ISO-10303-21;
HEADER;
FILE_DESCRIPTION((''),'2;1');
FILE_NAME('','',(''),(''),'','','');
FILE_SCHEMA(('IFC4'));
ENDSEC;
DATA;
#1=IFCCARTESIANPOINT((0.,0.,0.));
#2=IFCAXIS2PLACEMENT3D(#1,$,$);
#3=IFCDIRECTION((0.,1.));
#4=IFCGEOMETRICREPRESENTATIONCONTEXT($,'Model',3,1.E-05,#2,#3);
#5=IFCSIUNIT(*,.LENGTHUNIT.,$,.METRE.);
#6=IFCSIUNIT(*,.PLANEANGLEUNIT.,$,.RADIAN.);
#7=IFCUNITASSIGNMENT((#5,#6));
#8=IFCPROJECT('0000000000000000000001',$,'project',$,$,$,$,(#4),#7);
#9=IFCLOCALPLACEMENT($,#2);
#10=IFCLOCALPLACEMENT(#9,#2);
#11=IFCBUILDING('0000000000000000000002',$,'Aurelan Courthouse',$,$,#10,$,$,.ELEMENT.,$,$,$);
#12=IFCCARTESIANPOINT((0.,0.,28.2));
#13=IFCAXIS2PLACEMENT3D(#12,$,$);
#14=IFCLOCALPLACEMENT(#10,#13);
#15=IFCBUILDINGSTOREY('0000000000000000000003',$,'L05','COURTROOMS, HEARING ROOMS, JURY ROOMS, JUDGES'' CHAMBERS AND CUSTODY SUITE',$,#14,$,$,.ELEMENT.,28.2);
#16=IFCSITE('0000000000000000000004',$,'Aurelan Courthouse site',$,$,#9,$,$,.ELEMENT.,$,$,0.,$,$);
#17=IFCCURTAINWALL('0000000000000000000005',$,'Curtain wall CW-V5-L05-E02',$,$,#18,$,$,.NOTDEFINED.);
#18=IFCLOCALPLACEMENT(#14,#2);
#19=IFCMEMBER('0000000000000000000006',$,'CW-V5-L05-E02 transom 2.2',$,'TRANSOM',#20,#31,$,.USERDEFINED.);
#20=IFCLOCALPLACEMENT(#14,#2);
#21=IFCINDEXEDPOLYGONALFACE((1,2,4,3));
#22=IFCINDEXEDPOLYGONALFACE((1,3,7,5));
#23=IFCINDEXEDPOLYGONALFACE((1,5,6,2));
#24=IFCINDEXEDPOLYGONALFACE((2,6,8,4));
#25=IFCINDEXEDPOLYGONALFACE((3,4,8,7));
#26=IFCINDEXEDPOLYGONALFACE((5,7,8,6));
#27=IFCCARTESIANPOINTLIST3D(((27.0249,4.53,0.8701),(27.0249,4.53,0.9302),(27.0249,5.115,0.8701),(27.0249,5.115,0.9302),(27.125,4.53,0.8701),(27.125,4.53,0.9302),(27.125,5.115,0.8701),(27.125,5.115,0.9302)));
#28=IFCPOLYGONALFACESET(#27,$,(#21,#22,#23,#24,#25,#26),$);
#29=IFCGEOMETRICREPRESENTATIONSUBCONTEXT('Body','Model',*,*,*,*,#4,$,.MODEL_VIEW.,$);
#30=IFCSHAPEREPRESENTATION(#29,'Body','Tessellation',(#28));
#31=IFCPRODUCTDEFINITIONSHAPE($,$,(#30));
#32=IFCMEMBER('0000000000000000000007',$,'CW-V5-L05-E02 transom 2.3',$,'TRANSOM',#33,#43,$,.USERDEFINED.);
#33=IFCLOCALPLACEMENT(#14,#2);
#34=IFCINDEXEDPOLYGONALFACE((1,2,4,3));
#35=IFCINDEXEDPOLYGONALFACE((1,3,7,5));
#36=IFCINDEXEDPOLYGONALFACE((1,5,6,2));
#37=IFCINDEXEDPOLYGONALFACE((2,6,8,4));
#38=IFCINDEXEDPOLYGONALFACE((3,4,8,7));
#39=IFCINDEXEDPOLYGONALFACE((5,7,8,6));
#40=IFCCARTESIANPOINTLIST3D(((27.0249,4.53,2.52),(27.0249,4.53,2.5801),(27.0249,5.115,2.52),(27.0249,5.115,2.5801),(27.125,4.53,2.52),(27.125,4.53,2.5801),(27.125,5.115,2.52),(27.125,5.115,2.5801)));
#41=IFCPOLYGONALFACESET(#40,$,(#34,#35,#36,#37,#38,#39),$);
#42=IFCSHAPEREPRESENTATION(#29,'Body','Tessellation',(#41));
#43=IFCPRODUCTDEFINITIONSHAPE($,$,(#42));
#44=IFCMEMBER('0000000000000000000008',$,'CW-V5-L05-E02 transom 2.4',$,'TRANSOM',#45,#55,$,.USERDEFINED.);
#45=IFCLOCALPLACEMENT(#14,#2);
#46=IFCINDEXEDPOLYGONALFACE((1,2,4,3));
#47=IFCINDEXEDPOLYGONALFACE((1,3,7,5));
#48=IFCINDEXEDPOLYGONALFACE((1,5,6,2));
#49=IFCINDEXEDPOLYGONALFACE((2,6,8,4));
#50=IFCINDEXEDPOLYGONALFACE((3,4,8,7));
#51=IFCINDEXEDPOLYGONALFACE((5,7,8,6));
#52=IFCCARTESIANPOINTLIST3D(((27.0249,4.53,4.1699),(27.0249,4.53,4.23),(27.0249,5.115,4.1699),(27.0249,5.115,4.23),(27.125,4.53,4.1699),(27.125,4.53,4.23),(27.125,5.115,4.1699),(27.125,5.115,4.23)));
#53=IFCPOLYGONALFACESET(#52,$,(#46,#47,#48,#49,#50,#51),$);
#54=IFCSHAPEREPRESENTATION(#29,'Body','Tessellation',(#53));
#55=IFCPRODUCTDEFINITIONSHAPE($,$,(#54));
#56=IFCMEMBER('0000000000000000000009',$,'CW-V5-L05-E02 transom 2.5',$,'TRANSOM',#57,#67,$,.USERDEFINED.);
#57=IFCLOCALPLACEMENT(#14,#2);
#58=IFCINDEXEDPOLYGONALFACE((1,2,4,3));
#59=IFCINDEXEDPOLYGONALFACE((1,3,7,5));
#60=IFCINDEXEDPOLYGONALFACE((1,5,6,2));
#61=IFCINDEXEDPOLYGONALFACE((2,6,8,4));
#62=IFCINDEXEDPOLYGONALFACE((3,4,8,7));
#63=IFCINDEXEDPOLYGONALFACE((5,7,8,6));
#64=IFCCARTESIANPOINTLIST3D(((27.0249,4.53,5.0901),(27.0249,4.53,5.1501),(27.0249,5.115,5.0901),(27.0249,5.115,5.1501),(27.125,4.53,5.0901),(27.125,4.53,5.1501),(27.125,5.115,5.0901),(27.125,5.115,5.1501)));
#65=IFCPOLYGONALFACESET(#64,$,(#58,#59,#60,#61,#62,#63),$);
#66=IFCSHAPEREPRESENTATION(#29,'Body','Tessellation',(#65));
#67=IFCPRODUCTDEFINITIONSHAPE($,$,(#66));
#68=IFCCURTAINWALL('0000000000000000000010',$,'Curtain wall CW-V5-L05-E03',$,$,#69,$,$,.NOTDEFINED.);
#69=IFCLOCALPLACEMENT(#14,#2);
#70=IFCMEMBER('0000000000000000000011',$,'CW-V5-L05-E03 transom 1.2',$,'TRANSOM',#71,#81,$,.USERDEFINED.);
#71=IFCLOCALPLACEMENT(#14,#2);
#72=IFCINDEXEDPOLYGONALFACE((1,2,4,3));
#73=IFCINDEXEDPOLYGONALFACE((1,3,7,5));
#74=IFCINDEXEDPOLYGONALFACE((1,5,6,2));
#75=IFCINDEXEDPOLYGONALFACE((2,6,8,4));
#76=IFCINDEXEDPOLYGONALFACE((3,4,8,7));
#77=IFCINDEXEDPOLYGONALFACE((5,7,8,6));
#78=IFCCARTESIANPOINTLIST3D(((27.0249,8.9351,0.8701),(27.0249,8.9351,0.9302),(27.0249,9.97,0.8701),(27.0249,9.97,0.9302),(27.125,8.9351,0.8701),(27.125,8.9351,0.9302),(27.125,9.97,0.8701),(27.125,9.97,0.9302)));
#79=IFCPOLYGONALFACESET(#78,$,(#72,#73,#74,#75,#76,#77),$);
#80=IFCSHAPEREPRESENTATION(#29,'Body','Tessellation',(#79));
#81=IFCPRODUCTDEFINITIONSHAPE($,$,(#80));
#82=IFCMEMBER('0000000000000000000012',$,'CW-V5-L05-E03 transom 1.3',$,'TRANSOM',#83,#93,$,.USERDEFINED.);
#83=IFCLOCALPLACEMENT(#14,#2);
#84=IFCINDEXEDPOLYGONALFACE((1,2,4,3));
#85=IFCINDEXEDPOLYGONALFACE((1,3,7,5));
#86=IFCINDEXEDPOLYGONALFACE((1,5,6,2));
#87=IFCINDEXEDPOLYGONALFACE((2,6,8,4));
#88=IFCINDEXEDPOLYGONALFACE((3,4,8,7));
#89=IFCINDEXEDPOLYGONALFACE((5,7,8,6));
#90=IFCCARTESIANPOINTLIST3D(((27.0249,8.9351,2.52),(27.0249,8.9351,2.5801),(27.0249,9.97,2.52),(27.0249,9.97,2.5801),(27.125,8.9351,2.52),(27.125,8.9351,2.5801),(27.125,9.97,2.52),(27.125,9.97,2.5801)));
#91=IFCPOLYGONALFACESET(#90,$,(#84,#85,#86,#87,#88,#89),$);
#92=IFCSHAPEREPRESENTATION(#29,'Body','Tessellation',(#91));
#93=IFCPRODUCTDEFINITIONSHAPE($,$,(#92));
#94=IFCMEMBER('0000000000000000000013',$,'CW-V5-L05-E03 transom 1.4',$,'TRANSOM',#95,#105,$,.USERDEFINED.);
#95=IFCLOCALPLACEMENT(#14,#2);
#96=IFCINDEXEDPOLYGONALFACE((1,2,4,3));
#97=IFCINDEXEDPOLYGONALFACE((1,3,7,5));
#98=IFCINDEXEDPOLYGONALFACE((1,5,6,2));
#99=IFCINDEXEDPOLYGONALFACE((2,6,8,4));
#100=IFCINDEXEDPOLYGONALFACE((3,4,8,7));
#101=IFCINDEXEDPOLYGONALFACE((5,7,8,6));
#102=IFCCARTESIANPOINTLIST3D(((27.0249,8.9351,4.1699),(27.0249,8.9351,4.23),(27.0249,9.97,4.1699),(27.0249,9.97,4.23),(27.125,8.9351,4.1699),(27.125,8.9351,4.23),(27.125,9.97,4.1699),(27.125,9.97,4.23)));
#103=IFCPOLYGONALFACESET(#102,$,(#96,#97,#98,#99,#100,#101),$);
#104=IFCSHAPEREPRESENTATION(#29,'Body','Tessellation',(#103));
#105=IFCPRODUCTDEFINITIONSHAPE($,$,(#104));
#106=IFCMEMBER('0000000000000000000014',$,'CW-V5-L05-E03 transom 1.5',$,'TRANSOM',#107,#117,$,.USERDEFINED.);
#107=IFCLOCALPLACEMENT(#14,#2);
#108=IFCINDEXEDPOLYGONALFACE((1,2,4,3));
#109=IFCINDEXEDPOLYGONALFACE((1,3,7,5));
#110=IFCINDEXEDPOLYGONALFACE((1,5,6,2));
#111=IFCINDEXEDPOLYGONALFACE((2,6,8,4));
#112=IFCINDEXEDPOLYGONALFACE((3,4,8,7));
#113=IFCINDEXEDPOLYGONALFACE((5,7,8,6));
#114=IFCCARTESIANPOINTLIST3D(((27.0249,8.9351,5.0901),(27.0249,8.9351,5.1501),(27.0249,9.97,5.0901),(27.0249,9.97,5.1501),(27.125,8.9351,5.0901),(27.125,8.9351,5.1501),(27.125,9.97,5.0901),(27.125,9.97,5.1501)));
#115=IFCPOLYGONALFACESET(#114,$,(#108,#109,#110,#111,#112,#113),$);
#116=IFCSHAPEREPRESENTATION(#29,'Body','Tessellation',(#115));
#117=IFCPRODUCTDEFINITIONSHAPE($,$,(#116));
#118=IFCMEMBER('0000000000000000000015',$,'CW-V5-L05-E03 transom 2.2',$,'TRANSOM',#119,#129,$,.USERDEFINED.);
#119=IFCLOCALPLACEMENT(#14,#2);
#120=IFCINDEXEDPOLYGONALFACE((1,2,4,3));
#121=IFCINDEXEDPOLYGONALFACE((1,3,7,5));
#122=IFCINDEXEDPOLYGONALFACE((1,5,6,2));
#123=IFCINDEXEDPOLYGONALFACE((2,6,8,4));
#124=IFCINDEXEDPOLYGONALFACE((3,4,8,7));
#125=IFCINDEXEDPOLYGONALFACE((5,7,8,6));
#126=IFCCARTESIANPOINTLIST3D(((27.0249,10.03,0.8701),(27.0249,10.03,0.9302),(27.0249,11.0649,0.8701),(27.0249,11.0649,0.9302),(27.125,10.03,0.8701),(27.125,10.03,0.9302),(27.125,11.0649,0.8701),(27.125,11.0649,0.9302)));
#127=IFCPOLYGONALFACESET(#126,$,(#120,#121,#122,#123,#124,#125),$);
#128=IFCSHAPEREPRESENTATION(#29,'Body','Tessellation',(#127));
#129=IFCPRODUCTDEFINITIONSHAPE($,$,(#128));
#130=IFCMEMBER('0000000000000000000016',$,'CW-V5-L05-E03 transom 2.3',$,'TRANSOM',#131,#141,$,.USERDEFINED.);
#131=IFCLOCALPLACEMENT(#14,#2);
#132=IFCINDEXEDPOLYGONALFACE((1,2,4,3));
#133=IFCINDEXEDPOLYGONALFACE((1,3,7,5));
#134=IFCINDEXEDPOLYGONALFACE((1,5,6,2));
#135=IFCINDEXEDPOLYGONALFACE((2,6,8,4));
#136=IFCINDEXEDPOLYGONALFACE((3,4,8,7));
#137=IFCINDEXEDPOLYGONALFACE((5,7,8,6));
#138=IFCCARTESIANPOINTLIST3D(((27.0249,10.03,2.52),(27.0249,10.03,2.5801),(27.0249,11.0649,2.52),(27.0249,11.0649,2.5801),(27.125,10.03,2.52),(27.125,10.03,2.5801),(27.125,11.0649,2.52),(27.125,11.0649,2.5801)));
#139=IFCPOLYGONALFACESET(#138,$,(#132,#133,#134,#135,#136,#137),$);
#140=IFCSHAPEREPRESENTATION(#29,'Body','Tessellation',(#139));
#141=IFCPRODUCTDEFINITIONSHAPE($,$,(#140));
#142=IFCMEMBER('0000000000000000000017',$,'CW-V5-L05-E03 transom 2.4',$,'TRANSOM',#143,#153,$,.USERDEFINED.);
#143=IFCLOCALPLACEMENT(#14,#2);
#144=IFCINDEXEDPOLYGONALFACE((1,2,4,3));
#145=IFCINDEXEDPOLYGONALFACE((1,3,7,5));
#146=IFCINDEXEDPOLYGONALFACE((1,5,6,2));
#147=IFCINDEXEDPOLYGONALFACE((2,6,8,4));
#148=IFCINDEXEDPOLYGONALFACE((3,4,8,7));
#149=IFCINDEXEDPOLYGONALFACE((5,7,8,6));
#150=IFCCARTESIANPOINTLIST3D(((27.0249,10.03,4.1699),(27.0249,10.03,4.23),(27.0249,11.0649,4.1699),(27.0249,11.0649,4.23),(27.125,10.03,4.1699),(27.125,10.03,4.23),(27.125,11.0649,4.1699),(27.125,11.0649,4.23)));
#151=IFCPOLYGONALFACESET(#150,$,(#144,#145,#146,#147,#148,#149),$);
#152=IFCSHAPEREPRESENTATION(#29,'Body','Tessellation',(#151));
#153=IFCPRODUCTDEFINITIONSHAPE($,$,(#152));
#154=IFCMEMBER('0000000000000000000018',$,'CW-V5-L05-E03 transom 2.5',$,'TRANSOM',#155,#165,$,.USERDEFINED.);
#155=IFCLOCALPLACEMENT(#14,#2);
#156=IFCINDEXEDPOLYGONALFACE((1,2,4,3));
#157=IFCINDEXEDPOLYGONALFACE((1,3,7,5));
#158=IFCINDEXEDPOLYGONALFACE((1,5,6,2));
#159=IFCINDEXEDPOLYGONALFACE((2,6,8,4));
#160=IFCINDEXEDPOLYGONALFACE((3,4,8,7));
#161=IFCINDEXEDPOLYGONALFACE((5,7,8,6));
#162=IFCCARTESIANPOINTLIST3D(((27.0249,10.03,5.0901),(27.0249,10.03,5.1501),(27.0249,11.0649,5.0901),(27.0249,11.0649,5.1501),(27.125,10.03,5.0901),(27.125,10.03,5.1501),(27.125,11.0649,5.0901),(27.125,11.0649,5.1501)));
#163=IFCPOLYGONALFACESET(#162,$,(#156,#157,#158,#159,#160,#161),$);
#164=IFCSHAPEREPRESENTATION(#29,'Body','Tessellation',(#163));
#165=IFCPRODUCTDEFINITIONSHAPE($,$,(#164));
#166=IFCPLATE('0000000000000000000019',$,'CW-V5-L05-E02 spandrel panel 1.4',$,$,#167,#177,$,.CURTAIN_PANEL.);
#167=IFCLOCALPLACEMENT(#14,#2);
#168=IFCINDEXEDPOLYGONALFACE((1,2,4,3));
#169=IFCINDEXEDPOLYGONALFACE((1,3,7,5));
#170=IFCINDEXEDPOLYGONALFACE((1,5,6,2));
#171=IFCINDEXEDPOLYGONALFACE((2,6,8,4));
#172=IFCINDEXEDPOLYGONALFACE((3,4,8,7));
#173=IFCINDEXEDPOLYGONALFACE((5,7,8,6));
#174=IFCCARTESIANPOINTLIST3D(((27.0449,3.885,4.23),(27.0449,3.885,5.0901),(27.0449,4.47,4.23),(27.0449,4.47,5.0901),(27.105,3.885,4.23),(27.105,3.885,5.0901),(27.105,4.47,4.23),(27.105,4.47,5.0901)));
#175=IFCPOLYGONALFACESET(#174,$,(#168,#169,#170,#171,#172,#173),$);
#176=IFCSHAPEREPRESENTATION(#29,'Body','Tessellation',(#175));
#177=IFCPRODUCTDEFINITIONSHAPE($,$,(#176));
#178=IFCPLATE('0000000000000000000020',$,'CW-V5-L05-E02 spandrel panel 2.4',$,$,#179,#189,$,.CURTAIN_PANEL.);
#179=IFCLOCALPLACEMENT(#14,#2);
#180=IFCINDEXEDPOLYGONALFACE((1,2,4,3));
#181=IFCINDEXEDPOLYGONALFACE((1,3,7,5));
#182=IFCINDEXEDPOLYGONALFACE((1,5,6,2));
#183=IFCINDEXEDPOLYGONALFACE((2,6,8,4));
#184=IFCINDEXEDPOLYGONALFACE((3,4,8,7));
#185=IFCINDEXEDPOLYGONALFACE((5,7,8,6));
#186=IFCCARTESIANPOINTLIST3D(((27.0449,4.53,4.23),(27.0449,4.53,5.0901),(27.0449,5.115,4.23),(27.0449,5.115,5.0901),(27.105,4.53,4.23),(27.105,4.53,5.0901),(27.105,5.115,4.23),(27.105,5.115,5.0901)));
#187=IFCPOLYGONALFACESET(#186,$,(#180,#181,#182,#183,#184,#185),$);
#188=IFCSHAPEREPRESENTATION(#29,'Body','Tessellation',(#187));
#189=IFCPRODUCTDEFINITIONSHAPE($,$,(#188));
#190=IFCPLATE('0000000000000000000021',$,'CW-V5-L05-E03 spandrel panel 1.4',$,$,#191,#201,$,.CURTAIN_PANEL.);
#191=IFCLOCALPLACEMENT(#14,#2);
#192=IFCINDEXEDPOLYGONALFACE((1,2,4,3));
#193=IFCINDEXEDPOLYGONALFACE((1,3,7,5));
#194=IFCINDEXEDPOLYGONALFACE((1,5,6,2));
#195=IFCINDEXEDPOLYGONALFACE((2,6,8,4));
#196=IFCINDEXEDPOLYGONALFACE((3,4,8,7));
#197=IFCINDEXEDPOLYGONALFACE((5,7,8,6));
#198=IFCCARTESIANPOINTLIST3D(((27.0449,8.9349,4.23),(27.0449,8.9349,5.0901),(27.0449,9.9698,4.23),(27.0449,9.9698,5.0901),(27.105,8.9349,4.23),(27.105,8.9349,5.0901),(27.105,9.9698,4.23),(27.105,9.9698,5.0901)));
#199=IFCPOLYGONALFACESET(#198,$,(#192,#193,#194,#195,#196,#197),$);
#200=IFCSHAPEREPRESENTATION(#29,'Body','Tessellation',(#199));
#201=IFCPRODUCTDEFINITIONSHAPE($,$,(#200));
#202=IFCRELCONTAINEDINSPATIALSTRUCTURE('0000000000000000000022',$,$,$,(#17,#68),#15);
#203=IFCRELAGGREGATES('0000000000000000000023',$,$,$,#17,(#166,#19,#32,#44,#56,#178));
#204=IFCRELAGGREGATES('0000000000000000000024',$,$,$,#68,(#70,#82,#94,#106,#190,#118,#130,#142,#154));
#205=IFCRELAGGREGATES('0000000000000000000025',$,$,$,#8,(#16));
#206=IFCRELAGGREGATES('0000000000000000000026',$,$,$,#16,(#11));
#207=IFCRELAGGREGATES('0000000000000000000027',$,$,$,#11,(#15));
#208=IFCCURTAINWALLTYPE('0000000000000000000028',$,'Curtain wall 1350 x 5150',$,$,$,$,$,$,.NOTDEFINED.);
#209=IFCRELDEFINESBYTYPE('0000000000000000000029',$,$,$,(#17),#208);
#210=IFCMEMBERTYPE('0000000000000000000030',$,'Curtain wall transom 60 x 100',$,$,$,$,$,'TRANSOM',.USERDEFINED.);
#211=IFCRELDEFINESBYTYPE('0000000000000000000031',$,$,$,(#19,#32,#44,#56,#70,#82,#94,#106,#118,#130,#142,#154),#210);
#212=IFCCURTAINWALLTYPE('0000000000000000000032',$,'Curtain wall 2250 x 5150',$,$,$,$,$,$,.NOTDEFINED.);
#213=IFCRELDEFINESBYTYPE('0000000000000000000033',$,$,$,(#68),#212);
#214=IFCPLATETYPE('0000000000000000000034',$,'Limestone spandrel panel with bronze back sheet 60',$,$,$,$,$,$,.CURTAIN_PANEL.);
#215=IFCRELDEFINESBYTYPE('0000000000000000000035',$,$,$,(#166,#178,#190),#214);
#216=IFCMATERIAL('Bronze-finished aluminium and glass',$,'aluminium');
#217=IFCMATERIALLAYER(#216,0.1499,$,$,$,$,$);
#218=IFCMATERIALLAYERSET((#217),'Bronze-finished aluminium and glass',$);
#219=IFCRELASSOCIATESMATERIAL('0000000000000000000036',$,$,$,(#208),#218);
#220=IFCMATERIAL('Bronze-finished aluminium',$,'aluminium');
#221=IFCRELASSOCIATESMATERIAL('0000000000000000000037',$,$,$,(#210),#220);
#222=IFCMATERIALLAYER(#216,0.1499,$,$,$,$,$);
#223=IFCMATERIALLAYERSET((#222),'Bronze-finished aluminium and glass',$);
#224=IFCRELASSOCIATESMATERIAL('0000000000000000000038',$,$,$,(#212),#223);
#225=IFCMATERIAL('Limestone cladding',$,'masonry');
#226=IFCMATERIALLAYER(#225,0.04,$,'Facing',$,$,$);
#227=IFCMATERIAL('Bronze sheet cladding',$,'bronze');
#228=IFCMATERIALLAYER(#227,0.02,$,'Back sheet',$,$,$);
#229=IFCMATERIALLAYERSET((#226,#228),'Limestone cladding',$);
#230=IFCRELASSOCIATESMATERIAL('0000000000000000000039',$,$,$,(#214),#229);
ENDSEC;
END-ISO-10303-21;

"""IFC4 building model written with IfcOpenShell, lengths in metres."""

from ifc_helpers import new_model, si_unit, direction, frame, origin, origin_2d, place, context, subcontext, project, spatial, rectangle, extrude, material, layer, layer_set, material_profile, profile_set, type_object, element, aggregate, save


model = new_model("IFC4")

# Units and contexts
model_context = context("Model", 3, precision=1e-05, world=origin(), true_north=direction((0.0, 1.0)))
body_context = subcontext(model_context, "Body", "Model", "MODEL_VIEW")
ifc_project = project(units=[si_unit("LENGTHUNIT", "METRE"), si_unit("PLANEANGLEUNIT", "RADIAN")], contexts=[model_context])

# Site, building, storey
site_placement = place(None, origin())
site = spatial("IfcSite", under=ifc_project, at=site_placement, Name="Aurelan Courthouse site", CompositionType="ELEMENT", RefElevation=0.0)
building_placement = place(site_placement, origin())
building = spatial("IfcBuilding", under=site, at=building_placement, Name="Aurelan Courthouse", CompositionType="ELEMENT")
storey_placement = place(building_placement, frame((0.0, 0.0, 28.2)))
storey = spatial("IfcBuildingStorey", under=building, at=storey_placement, Name="L05", Description="COURTROOMS, HEARING ROOMS, JURY ROOMS, JUDGES' CHAMBERS AND CUSTODY SUITE", CompositionType="ELEMENT", Elevation=28.2)

# Curtain walls, members
ifc_material_1 = material(Name="Bronze-finished aluminium and glass", Category="aluminium")
ifc_layer_1 = layer(ifc_material_1, 0.1499)
ifc_layer_set_1 = layer_set([ifc_layer_1], Name="Bronze-finished aluminium and glass")
curtain_wall_type_1 = type_object("IfcCurtainWallType", Name="Curtain wall 1350 x 5150", PredefinedType="NOTDEFINED", material=ifc_layer_set_1)
curtain_wall_1_placement = place(storey_placement, origin())
curtain_wall_1 = element("IfcCurtainWall", 1, at=curtain_wall_1_placement, inside=storey, type_object=curtain_wall_type_1, Name="Curtain wall CW-V5-L05-E02", PredefinedType="NOTDEFINED")
ifc_material_2 = material(Name="Bronze-finished aluminium", Category="aluminium")
ifc_material_profile = material_profile(ifc_material_2, rectangle(XDim=0.1001, YDim=0.0601, at=origin_2d()), Name="Bronze transom 60 x 100")
ifc_profile_set = profile_set([ifc_material_profile], Name="Bronze-finished aluminium")
member_type = type_object("IfcMemberType", Name="Curtain wall transom 60 x 100", ElementType="TRANSOM", PredefinedType="USERDEFINED", material=ifc_profile_set)
member_1_placement = place(storey_placement, frame((27.075, 4.53, 0.9001), z_axis=(0.0, 1.0, 0.0), x_axis=(-1.0, 0.0, 0.0)))
member_1 = element("IfcMember", 2, at=member_1_placement, type_object=member_type, Name="CW-V5-L05-E02 transom 2.2", ObjectType="TRANSOM", PredefinedType="USERDEFINED", context=body_context, shape_type="SweptSolid", body=[
    extrude(rectangle(XDim=0.1001, YDim=0.0601, at=origin_2d()), origin(), (0.0, 0.0, 1.0), 0.585),
])
member_2_placement = place(storey_placement, frame((27.075, 4.53, 2.55), z_axis=(0.0, 1.0, 0.0), x_axis=(-1.0, 0.0, 0.0)))
member_2 = element("IfcMember", 3, at=member_2_placement, type_object=member_type, Name="CW-V5-L05-E02 transom 2.3", ObjectType="TRANSOM", PredefinedType="USERDEFINED", context=body_context, shape_type="SweptSolid", body=[
    extrude(rectangle(XDim=0.1001, YDim=0.0601, at=origin_2d()), origin(), (0.0, 0.0, 1.0), 0.585),
])
member_3_placement = place(storey_placement, frame((27.075, 4.53, 4.2), z_axis=(0.0, 1.0, 0.0), x_axis=(-1.0, 0.0, 0.0)))
member_3 = element("IfcMember", 4, at=member_3_placement, type_object=member_type, Name="CW-V5-L05-E02 transom 2.4", ObjectType="TRANSOM", PredefinedType="USERDEFINED", context=body_context, shape_type="SweptSolid", body=[
    extrude(rectangle(XDim=0.1001, YDim=0.0601, at=origin_2d()), origin(), (0.0, 0.0, 1.0), 0.585),
])
member_4_placement = place(storey_placement, frame((27.075, 4.53, 5.1201), z_axis=(0.0, 1.0, 0.0), x_axis=(-1.0, 0.0, 0.0)))
member_4 = element("IfcMember", 5, at=member_4_placement, type_object=member_type, Name="CW-V5-L05-E02 transom 2.5", ObjectType="TRANSOM", PredefinedType="USERDEFINED", context=body_context, shape_type="SweptSolid", body=[
    extrude(rectangle(XDim=0.1001, YDim=0.0601, at=origin_2d()), origin(), (0.0, 0.0, 1.0), 0.585),
])
ifc_layer_2 = layer(ifc_material_1, 0.1499)
ifc_layer_set_2 = layer_set([ifc_layer_2], Name="Bronze-finished aluminium and glass")
curtain_wall_type_2 = type_object("IfcCurtainWallType", Name="Curtain wall 2250 x 5150", PredefinedType="NOTDEFINED", material=ifc_layer_set_2)
curtain_wall_2_placement = place(storey_placement, origin())
curtain_wall_2 = element("IfcCurtainWall", 6, at=curtain_wall_2_placement, inside=storey, type_object=curtain_wall_type_2, Name="Curtain wall CW-V5-L05-E03", PredefinedType="NOTDEFINED")
member_5_placement = place(storey_placement, frame((27.075, 8.9351, 0.9001), z_axis=(0.0, 1.0, 0.0), x_axis=(-1.0, 0.0, 0.0)))
member_5 = element("IfcMember", 7, at=member_5_placement, type_object=member_type, Name="CW-V5-L05-E03 transom 1.2", ObjectType="TRANSOM", PredefinedType="USERDEFINED", context=body_context, shape_type="SweptSolid", body=[
    extrude(rectangle(XDim=0.1001, YDim=0.0601, at=origin_2d()), origin(), (0.0, 0.0, 1.0), 1.0349),
])
member_6_placement = place(storey_placement, frame((27.075, 8.9351, 2.55), z_axis=(0.0, 1.0, 0.0), x_axis=(-1.0, 0.0, 0.0)))
member_6 = element("IfcMember", 8, at=member_6_placement, type_object=member_type, Name="CW-V5-L05-E03 transom 1.3", ObjectType="TRANSOM", PredefinedType="USERDEFINED", context=body_context, shape_type="SweptSolid", body=[
    extrude(rectangle(XDim=0.1001, YDim=0.0601, at=origin_2d()), origin(), (0.0, 0.0, 1.0), 1.0349),
])
member_7_placement = place(storey_placement, frame((27.075, 8.9351, 4.2), z_axis=(0.0, 1.0, 0.0), x_axis=(-1.0, 0.0, 0.0)))
member_7 = element("IfcMember", 9, at=member_7_placement, type_object=member_type, Name="CW-V5-L05-E03 transom 1.4", ObjectType="TRANSOM", PredefinedType="USERDEFINED", context=body_context, shape_type="SweptSolid", body=[
    extrude(rectangle(XDim=0.1001, YDim=0.0601, at=origin_2d()), origin(), (0.0, 0.0, 1.0), 1.0349),
])
member_8_placement = place(storey_placement, frame((27.075, 8.9351, 5.1201), z_axis=(0.0, 1.0, 0.0), x_axis=(-1.0, 0.0, 0.0)))
member_8 = element("IfcMember", 10, at=member_8_placement, type_object=member_type, Name="CW-V5-L05-E03 transom 1.5", ObjectType="TRANSOM", PredefinedType="USERDEFINED", context=body_context, shape_type="SweptSolid", body=[
    extrude(rectangle(XDim=0.1001, YDim=0.0601, at=origin_2d()), origin(), (0.0, 0.0, 1.0), 1.0349),
])
member_9_placement = place(storey_placement, frame((27.075, 10.03, 0.9001), z_axis=(0.0, 1.0, 0.0), x_axis=(-1.0, 0.0, 0.0)))
member_9 = element("IfcMember", 11, at=member_9_placement, type_object=member_type, Name="CW-V5-L05-E03 transom 2.2", ObjectType="TRANSOM", PredefinedType="USERDEFINED", context=body_context, shape_type="SweptSolid", body=[
    extrude(rectangle(XDim=0.1001, YDim=0.0601, at=origin_2d()), origin(), (0.0, 0.0, 1.0), 1.0349),
])
member_10_placement = place(storey_placement, frame((27.075, 10.03, 2.55), z_axis=(0.0, 1.0, 0.0), x_axis=(-1.0, 0.0, 0.0)))
member_10 = element("IfcMember", 12, at=member_10_placement, type_object=member_type, Name="CW-V5-L05-E03 transom 2.3", ObjectType="TRANSOM", PredefinedType="USERDEFINED", context=body_context, shape_type="SweptSolid", body=[
    extrude(rectangle(XDim=0.1001, YDim=0.0601, at=origin_2d()), origin(), (0.0, 0.0, 1.0), 1.0349),
])
member_11_placement = place(storey_placement, frame((27.075, 10.03, 4.2), z_axis=(0.0, 1.0, 0.0), x_axis=(-1.0, 0.0, 0.0)))
member_11 = element("IfcMember", 13, at=member_11_placement, type_object=member_type, Name="CW-V5-L05-E03 transom 2.4", ObjectType="TRANSOM", PredefinedType="USERDEFINED", context=body_context, shape_type="SweptSolid", body=[
    extrude(rectangle(XDim=0.1001, YDim=0.0601, at=origin_2d()), origin(), (0.0, 0.0, 1.0), 1.0349),
])
member_12_placement = place(storey_placement, frame((27.075, 10.03, 5.1201), z_axis=(0.0, 1.0, 0.0), x_axis=(-1.0, 0.0, 0.0)))
member_12 = element("IfcMember", 14, at=member_12_placement, type_object=member_type, Name="CW-V5-L05-E03 transom 2.5", ObjectType="TRANSOM", PredefinedType="USERDEFINED", context=body_context, shape_type="SweptSolid", body=[
    extrude(rectangle(XDim=0.1001, YDim=0.0601, at=origin_2d()), origin(), (0.0, 0.0, 1.0), 1.0349),
])

# Plates
ifc_material_3 = material(Name="Limestone cladding", Category="masonry")
ifc_layer_3 = layer(ifc_material_3, 0.04, Name="Facing")
ifc_material_4 = material(Name="Bronze sheet cladding", Category="bronze")
ifc_layer_4 = layer(ifc_material_4, 0.02, Name="Back sheet")
ifc_layer_set_3 = layer_set([ifc_layer_3, ifc_layer_4], Name="Limestone cladding")
plate_type_1 = type_object("IfcPlateType", Name="Limestone spandrel panel with bronze back sheet 60", PredefinedType="CURTAIN_PANEL", material=ifc_layer_set_3)
plate_1_placement = place(storey_placement, frame((27.075, 4.1775, 4.23), z_axis=(0.0, 0.0, 1.0), x_axis=(0.0, 1.0, 0.0)))
plate_1 = element("IfcPlate", 15, at=plate_1_placement, type_object=plate_type_1, Name="CW-V5-L05-E02 spandrel panel 1.4", PredefinedType="CURTAIN_PANEL", context=body_context, shape_type="SweptSolid", body=[
    extrude(rectangle(XDim=0.585, YDim=0.0601, at=origin_2d()), origin(), (0.0, 0.0, 1.0), 0.8601),
])
plate_2_placement = place(storey_placement, frame((27.075, 4.8225, 4.23), z_axis=(0.0, 0.0, 1.0), x_axis=(0.0, 1.0, 0.0)))
plate_2 = element("IfcPlate", 16, at=plate_2_placement, type_object=plate_type_1, Name="CW-V5-L05-E02 spandrel panel 2.4", PredefinedType="CURTAIN_PANEL", context=body_context, shape_type="SweptSolid", body=[
    extrude(rectangle(XDim=0.585, YDim=0.0601, at=origin_2d()), origin(), (0.0, 0.0, 1.0), 0.8601),
])
plate_3_placement = place(storey_placement, frame((27.075, 9.4524, 4.23), z_axis=(0.0, 0.0, 1.0), x_axis=(0.0, 1.0, 0.0)))
plate_3 = element("IfcPlate", 17, at=plate_3_placement, type_object=plate_type_1, Name="CW-V5-L05-E03 spandrel panel 1.4", PredefinedType="CURTAIN_PANEL", context=body_context, shape_type="SweptSolid", body=[
    extrude(rectangle(XDim=1.0349, YDim=0.0601, at=origin_2d()), origin(), (0.0, 0.0, 1.0), 0.8601),
])
aggregate(curtain_wall_1, [plate_1, member_1, member_2, member_3, member_4, plate_2])
aggregate(curtain_wall_2, [member_5, member_6, member_7, member_8, plate_3, member_9, member_10, member_11, member_12])

save(model, "model.ifc")
